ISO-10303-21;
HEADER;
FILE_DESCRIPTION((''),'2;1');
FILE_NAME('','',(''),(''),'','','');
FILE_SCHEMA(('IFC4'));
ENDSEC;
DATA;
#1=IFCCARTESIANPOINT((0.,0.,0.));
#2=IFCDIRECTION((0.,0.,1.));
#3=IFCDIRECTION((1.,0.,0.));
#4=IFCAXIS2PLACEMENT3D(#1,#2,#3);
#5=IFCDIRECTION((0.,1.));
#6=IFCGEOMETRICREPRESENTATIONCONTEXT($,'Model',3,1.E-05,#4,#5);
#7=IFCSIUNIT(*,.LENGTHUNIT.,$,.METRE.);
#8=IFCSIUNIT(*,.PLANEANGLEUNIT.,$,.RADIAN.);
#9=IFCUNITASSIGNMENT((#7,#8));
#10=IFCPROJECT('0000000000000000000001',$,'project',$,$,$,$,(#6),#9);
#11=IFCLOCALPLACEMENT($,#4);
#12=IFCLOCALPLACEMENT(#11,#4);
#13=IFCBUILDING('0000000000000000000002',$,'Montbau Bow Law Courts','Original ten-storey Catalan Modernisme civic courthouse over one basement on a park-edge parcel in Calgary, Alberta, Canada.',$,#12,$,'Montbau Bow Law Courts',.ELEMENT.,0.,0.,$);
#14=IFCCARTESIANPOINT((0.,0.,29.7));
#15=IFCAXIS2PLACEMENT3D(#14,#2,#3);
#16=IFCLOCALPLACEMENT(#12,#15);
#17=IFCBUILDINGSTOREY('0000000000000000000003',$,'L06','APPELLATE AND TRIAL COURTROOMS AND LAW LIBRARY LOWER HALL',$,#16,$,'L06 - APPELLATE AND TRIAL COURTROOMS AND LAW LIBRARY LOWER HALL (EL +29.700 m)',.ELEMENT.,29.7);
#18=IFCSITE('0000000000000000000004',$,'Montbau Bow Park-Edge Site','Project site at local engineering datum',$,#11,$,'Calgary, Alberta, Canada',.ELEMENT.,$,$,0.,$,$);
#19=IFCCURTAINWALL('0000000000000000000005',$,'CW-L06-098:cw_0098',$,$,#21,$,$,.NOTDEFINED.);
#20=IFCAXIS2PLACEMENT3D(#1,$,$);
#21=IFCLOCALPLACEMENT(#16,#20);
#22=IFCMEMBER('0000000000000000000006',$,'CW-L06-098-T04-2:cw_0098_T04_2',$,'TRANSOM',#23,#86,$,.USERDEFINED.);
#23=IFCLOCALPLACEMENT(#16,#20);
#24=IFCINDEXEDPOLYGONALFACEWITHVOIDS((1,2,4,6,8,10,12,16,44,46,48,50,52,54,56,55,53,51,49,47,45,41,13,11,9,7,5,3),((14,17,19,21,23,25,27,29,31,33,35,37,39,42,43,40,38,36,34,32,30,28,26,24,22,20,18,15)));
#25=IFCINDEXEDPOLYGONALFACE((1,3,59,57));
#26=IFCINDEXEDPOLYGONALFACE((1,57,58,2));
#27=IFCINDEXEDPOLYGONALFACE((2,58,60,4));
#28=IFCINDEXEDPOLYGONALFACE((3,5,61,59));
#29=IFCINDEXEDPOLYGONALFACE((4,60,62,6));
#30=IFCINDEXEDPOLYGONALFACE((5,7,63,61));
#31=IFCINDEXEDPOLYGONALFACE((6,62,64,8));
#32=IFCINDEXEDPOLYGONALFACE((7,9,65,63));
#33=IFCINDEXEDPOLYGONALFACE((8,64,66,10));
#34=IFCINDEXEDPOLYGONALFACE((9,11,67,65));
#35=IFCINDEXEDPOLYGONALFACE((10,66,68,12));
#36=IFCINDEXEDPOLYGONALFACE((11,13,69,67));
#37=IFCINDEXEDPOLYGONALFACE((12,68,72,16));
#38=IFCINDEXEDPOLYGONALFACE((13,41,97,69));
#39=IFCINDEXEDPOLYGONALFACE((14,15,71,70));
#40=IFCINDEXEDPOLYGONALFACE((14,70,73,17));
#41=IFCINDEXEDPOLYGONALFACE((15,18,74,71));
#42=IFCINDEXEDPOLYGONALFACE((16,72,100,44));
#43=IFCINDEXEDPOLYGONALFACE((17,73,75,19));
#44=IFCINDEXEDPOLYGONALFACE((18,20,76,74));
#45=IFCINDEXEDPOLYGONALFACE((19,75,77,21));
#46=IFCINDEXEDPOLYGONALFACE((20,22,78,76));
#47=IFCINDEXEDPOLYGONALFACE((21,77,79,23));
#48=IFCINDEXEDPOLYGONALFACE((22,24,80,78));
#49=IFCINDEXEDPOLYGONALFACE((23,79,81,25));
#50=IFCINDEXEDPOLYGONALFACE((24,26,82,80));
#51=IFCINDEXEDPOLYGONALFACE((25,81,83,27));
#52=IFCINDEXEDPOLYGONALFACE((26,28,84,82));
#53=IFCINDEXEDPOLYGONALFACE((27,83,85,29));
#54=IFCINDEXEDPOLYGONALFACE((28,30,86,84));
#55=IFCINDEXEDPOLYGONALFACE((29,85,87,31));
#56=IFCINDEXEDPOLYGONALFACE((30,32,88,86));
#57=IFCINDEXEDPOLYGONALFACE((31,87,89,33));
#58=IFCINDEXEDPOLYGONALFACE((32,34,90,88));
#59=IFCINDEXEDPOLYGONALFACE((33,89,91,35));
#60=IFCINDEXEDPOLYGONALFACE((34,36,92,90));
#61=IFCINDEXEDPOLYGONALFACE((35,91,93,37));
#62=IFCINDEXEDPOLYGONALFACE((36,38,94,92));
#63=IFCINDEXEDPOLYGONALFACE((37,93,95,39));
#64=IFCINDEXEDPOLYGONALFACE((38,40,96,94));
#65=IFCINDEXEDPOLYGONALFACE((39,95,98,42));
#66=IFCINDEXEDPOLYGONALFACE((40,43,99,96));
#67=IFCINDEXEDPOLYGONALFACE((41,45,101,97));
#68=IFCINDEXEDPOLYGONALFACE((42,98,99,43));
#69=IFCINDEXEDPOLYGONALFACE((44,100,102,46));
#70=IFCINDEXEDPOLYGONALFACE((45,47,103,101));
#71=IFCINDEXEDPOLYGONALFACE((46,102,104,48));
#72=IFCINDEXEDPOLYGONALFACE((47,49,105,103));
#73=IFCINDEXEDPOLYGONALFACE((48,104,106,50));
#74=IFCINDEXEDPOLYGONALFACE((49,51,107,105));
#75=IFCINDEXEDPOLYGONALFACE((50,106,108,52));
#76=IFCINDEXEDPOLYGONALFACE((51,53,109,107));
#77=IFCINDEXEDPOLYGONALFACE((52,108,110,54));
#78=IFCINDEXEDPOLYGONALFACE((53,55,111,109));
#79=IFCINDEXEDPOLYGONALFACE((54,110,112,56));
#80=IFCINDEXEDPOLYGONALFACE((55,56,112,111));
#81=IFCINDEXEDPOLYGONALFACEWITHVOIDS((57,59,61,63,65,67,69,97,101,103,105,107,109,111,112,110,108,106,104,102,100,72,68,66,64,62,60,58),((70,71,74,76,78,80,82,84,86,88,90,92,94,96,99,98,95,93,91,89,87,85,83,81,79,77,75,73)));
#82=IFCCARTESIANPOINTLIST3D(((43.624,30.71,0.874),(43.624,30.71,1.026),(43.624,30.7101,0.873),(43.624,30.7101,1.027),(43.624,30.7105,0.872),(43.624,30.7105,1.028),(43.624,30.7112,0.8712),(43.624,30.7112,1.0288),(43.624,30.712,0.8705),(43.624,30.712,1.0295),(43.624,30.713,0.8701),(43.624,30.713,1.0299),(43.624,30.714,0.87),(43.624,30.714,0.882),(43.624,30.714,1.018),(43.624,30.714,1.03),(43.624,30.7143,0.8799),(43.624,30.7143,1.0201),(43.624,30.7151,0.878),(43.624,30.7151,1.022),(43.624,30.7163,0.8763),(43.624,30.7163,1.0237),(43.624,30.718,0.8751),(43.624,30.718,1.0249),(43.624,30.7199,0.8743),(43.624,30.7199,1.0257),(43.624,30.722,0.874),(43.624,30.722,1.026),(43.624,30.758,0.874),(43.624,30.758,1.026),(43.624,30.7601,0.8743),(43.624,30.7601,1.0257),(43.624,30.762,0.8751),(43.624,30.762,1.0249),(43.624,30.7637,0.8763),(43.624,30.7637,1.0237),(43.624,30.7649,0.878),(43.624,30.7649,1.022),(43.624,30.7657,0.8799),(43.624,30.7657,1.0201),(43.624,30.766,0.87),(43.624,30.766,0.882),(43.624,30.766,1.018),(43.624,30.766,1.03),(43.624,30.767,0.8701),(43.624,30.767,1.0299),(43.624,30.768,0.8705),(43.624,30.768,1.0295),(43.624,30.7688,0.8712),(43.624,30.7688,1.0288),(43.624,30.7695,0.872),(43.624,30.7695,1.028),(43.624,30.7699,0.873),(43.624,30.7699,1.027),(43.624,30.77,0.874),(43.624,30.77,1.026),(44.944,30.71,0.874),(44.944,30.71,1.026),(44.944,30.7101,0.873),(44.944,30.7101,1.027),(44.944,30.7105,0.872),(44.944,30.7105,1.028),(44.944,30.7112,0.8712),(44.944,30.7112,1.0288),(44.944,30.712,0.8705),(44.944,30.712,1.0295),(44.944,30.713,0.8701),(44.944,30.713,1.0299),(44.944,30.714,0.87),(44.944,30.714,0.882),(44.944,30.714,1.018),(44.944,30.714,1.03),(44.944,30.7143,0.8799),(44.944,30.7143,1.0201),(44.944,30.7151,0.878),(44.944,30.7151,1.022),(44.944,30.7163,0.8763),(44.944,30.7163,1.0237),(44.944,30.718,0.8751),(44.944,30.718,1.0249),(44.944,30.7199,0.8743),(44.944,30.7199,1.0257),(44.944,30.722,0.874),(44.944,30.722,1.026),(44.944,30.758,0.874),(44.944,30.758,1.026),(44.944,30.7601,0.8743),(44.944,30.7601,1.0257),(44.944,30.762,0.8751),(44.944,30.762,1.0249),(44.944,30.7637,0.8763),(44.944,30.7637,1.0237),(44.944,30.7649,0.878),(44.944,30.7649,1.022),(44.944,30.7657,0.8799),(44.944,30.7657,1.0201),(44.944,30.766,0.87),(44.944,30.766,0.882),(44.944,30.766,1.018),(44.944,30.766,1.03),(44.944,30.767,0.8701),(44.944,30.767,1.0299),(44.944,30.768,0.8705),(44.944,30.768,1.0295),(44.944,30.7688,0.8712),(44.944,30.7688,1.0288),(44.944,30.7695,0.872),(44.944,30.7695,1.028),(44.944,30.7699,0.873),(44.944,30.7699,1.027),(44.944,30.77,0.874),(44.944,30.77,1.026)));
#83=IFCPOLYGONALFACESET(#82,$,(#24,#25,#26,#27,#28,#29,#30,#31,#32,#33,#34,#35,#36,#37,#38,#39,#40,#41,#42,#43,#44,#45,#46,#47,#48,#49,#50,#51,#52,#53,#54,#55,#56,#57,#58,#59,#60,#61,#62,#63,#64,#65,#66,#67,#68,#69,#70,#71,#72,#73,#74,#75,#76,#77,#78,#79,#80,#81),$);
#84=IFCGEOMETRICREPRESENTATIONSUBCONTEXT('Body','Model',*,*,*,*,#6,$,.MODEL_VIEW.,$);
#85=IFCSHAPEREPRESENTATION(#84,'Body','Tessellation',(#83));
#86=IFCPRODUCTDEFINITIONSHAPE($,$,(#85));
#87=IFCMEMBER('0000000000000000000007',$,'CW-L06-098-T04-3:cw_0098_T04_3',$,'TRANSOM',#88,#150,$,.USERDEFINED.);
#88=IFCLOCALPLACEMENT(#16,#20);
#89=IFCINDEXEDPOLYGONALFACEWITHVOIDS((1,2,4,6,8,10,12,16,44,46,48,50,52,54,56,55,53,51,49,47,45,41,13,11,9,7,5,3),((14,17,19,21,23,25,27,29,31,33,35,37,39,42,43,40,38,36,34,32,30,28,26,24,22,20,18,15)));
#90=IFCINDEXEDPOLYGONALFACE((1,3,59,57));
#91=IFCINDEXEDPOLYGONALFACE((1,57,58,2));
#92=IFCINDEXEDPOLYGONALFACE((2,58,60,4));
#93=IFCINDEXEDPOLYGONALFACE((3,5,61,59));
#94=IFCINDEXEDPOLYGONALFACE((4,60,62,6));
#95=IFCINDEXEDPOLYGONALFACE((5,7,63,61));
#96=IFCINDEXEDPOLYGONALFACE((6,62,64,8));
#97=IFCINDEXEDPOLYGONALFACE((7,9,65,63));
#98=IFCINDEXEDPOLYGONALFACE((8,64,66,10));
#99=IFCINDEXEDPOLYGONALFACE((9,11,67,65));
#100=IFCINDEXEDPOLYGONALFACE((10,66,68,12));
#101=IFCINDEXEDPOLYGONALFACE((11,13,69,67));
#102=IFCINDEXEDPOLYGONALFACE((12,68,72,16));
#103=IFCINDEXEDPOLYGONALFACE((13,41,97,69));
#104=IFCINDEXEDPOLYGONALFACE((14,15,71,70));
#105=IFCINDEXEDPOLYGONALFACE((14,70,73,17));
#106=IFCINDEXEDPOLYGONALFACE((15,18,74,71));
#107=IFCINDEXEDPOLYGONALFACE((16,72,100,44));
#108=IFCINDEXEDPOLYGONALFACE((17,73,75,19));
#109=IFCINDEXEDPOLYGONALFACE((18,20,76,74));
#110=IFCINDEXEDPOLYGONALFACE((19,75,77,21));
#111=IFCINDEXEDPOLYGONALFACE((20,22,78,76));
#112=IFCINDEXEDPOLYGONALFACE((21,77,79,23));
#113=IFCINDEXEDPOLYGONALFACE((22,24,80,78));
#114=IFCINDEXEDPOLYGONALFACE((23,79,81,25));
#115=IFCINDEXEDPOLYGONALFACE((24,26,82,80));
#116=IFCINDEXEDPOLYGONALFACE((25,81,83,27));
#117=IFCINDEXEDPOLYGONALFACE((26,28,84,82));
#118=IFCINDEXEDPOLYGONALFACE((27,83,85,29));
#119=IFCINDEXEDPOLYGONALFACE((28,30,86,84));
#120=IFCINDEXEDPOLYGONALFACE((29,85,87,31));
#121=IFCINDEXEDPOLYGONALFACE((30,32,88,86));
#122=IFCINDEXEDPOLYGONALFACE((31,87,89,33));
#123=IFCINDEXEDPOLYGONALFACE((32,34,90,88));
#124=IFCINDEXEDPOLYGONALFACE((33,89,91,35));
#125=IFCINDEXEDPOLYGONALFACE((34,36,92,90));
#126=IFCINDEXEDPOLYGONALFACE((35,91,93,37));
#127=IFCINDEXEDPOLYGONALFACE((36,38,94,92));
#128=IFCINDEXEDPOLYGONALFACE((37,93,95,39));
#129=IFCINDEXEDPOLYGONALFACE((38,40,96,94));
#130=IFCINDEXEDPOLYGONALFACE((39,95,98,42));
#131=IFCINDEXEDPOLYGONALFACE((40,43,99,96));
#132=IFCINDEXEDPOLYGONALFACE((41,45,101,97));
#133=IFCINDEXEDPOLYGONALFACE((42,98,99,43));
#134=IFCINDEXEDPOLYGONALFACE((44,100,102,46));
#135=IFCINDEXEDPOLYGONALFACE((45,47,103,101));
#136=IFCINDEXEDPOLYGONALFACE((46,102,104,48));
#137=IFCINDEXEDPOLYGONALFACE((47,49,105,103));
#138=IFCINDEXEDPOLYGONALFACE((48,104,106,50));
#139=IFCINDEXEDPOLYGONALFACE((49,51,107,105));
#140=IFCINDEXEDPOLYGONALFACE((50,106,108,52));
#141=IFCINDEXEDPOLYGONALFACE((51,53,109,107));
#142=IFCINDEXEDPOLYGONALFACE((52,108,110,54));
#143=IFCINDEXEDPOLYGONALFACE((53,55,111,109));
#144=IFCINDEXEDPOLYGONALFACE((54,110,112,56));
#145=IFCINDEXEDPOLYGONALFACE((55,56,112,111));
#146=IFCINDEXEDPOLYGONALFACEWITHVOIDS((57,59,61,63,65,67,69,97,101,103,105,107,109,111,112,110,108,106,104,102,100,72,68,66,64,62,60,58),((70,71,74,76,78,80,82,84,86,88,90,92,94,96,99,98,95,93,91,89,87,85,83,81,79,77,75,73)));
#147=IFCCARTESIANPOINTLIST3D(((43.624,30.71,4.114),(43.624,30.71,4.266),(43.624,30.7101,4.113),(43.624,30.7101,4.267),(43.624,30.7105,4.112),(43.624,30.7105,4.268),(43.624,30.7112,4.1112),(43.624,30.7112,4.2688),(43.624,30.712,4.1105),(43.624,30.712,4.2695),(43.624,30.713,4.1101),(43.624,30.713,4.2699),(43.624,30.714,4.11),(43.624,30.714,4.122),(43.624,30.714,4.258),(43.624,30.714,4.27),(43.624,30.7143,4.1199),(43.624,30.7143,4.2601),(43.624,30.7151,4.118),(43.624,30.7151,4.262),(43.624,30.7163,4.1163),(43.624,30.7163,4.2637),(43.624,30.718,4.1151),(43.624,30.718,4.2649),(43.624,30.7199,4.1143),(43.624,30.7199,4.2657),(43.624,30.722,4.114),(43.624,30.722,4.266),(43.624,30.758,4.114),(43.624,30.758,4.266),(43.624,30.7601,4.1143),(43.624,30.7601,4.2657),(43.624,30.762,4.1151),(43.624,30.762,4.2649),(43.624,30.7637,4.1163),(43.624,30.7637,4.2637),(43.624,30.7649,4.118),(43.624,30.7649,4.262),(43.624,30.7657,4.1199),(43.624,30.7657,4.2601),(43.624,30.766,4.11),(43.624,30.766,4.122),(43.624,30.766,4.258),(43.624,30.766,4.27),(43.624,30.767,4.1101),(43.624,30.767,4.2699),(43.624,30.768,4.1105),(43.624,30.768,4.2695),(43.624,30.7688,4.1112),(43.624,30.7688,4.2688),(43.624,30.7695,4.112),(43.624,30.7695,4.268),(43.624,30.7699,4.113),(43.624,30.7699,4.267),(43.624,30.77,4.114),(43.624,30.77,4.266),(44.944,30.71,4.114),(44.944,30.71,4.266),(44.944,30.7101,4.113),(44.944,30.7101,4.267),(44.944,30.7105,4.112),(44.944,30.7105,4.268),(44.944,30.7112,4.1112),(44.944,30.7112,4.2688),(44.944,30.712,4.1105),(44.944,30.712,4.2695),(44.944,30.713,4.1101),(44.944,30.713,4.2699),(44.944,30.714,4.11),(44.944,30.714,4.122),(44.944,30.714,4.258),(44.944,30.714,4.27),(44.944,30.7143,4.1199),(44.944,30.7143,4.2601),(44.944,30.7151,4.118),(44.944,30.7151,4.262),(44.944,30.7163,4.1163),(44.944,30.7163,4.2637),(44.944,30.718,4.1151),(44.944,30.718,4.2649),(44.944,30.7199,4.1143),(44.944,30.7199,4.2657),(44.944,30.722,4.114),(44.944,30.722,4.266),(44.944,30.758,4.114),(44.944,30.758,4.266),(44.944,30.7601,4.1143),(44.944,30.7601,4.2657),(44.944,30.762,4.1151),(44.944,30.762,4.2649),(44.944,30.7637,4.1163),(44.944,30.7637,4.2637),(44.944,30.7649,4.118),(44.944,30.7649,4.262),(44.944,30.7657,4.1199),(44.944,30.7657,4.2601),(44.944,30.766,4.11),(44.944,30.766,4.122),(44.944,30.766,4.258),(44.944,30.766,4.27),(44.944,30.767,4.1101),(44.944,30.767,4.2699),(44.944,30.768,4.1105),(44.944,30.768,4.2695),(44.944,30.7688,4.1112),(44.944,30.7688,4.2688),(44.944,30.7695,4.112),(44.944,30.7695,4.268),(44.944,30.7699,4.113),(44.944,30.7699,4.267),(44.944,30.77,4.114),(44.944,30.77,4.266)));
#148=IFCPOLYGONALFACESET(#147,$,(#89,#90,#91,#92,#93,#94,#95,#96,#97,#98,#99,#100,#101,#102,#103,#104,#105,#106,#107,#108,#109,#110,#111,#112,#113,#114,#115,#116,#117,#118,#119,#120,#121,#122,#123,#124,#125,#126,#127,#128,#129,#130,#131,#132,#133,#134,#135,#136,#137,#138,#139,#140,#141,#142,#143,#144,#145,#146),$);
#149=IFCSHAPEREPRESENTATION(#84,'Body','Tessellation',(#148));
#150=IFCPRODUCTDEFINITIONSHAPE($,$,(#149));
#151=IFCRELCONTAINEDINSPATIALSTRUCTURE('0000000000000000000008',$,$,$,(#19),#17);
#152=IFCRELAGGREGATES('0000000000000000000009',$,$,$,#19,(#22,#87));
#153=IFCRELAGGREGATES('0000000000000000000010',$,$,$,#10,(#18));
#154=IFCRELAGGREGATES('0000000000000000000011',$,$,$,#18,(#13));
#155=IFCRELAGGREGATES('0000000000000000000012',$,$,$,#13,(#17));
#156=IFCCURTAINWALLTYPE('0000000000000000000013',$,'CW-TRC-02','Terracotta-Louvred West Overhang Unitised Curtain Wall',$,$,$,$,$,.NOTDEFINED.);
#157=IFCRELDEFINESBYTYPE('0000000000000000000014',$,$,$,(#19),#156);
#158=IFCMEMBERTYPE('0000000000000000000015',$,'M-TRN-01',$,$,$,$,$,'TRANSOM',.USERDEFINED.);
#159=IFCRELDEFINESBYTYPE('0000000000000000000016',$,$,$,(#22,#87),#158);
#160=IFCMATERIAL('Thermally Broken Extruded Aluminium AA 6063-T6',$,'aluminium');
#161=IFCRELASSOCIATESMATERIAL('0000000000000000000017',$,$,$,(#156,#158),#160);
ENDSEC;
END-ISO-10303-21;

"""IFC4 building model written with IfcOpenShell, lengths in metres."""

from ifc_helpers import new_model, si_unit, direction, frame, origin_with_axes, origin_2d_with_axis, place, context, subcontext, project, spatial, hollow_rectangle, extrude, material, material_profile, profile_set, type_object, element, aggregate, save


model = new_model("IFC4")

# Units and contexts
model_context = context("Model", 3, precision=1e-05, world=origin_with_axes(), true_north=direction((0.0, 1.0)))
body_context = subcontext(model_context, "Body", "Model", "MODEL_VIEW")
ifc_project = project(units=[si_unit("LENGTHUNIT", "METRE"), si_unit("PLANEANGLEUNIT", "RADIAN")], contexts=[model_context])

# Site, building, storey
site_placement = place(None, origin_with_axes())
site = spatial("IfcSite", under=ifc_project, at=site_placement, Name="Montbau Bow Park-Edge Site", Description="Project site at local engineering datum", LongName="Calgary, Alberta, Canada", CompositionType="ELEMENT", RefElevation=0.0)
building_placement = place(site_placement, origin_with_axes())
building = spatial("IfcBuilding", under=site, at=building_placement, Name="Montbau Bow Law Courts", Description="Original ten-storey Catalan Modernisme civic courthouse over one basement on a park-edge parcel in Calgary, Alberta, Canada.", LongName="Montbau Bow Law Courts", CompositionType="ELEMENT", ElevationOfRefHeight=0.0, ElevationOfTerrain=0.0)
storey_placement = place(building_placement, frame((0.0, 0.0, 29.7), z_axis=(0.0, 0.0, 1.0), x_axis=(1.0, 0.0, 0.0)))
storey = spatial("IfcBuildingStorey", under=building, at=storey_placement, Name="L06", Description="APPELLATE AND TRIAL COURTROOMS AND LAW LIBRARY LOWER HALL", LongName="L06 - APPELLATE AND TRIAL COURTROOMS AND LAW LIBRARY LOWER HALL (EL +29.700 m)", CompositionType="ELEMENT", Elevation=29.7)

# Curtain wall, members
ifc_material_1 = material(Name="Thermally Broken Extruded Aluminium AA 6063-T6", Category="aluminium")
curtain_wall_type = type_object("IfcCurtainWallType", Name="CW-TRC-02", Description="Terracotta-Louvred West Overhang Unitised Curtain Wall", PredefinedType="NOTDEFINED", material=ifc_material_1)
curtain_wall_placement = place(None, frame((39.44, 30.74, 29.7), z_axis=(0.0, 0.0, 1.0), x_axis=(1.0, 0.0, 0.0)))
curtain_wall = element("IfcCurtainWall", 1, at=curtain_wall_placement, inside=storey, type_object=curtain_wall_type, Name="CW-L06-098:cw_0098", PredefinedType="NOTDEFINED")
ifc_material_profile_1 = material_profile(ifc_material_1, hollow_rectangle(XDim=0.06, YDim=0.16, WallThickness=0.004, InnerFilletRadius=0.008, OuterFilletRadius=0.004, at=origin_2d_with_axis()), Name="CWT-160X60", Category="Main", Priority=0)
ifc_profile_set_1 = profile_set([ifc_material_profile_1], Name="Thermally Broken Extruded Aluminium AA 6063-T6")
member_type_1 = type_object("IfcMemberType", Name="M-TRN-01", ElementType="TRANSOM", PredefinedType="USERDEFINED", material=ifc_profile_set_1)
member_1_placement = place(None, frame((43.624, 30.74, 30.65), z_axis=(1.0, 0.0, 0.0), x_axis=(0.0, 1.0, 0.0)))
member_1 = element("IfcMember", 2, at=member_1_placement, type_object=member_type_1, Name="CW-L06-098-T04-2:cw_0098_T04_2", ObjectType="TRANSOM", PredefinedType="USERDEFINED", context=body_context, shape_type="SweptSolid", body=[
    extrude(hollow_rectangle(XDim=0.06, YDim=0.16, WallThickness=0.004, InnerFilletRadius=0.008, OuterFilletRadius=0.004, at=origin_2d_with_axis()), origin_with_axes(), (0.0, 0.0, 1.0), 1.32),
])
member_2_placement = place(None, frame((43.624, 30.74, 33.89), z_axis=(1.0, 0.0, 0.0), x_axis=(0.0, 1.0, 0.0)))
member_2 = element("IfcMember", 3, at=member_2_placement, type_object=member_type_1, Name="CW-L06-098-T04-3:cw_0098_T04_3", ObjectType="TRANSOM", PredefinedType="USERDEFINED", context=body_context, shape_type="SweptSolid", body=[
    extrude(hollow_rectangle(XDim=0.06, YDim=0.16, WallThickness=0.004, InnerFilletRadius=0.008, OuterFilletRadius=0.004, at=origin_2d_with_axis()), origin_with_axes(), (0.0, 0.0, 1.0), 1.32),
])
aggregate(curtain_wall, [member_1, member_2])

save(model, "model.ifc")
